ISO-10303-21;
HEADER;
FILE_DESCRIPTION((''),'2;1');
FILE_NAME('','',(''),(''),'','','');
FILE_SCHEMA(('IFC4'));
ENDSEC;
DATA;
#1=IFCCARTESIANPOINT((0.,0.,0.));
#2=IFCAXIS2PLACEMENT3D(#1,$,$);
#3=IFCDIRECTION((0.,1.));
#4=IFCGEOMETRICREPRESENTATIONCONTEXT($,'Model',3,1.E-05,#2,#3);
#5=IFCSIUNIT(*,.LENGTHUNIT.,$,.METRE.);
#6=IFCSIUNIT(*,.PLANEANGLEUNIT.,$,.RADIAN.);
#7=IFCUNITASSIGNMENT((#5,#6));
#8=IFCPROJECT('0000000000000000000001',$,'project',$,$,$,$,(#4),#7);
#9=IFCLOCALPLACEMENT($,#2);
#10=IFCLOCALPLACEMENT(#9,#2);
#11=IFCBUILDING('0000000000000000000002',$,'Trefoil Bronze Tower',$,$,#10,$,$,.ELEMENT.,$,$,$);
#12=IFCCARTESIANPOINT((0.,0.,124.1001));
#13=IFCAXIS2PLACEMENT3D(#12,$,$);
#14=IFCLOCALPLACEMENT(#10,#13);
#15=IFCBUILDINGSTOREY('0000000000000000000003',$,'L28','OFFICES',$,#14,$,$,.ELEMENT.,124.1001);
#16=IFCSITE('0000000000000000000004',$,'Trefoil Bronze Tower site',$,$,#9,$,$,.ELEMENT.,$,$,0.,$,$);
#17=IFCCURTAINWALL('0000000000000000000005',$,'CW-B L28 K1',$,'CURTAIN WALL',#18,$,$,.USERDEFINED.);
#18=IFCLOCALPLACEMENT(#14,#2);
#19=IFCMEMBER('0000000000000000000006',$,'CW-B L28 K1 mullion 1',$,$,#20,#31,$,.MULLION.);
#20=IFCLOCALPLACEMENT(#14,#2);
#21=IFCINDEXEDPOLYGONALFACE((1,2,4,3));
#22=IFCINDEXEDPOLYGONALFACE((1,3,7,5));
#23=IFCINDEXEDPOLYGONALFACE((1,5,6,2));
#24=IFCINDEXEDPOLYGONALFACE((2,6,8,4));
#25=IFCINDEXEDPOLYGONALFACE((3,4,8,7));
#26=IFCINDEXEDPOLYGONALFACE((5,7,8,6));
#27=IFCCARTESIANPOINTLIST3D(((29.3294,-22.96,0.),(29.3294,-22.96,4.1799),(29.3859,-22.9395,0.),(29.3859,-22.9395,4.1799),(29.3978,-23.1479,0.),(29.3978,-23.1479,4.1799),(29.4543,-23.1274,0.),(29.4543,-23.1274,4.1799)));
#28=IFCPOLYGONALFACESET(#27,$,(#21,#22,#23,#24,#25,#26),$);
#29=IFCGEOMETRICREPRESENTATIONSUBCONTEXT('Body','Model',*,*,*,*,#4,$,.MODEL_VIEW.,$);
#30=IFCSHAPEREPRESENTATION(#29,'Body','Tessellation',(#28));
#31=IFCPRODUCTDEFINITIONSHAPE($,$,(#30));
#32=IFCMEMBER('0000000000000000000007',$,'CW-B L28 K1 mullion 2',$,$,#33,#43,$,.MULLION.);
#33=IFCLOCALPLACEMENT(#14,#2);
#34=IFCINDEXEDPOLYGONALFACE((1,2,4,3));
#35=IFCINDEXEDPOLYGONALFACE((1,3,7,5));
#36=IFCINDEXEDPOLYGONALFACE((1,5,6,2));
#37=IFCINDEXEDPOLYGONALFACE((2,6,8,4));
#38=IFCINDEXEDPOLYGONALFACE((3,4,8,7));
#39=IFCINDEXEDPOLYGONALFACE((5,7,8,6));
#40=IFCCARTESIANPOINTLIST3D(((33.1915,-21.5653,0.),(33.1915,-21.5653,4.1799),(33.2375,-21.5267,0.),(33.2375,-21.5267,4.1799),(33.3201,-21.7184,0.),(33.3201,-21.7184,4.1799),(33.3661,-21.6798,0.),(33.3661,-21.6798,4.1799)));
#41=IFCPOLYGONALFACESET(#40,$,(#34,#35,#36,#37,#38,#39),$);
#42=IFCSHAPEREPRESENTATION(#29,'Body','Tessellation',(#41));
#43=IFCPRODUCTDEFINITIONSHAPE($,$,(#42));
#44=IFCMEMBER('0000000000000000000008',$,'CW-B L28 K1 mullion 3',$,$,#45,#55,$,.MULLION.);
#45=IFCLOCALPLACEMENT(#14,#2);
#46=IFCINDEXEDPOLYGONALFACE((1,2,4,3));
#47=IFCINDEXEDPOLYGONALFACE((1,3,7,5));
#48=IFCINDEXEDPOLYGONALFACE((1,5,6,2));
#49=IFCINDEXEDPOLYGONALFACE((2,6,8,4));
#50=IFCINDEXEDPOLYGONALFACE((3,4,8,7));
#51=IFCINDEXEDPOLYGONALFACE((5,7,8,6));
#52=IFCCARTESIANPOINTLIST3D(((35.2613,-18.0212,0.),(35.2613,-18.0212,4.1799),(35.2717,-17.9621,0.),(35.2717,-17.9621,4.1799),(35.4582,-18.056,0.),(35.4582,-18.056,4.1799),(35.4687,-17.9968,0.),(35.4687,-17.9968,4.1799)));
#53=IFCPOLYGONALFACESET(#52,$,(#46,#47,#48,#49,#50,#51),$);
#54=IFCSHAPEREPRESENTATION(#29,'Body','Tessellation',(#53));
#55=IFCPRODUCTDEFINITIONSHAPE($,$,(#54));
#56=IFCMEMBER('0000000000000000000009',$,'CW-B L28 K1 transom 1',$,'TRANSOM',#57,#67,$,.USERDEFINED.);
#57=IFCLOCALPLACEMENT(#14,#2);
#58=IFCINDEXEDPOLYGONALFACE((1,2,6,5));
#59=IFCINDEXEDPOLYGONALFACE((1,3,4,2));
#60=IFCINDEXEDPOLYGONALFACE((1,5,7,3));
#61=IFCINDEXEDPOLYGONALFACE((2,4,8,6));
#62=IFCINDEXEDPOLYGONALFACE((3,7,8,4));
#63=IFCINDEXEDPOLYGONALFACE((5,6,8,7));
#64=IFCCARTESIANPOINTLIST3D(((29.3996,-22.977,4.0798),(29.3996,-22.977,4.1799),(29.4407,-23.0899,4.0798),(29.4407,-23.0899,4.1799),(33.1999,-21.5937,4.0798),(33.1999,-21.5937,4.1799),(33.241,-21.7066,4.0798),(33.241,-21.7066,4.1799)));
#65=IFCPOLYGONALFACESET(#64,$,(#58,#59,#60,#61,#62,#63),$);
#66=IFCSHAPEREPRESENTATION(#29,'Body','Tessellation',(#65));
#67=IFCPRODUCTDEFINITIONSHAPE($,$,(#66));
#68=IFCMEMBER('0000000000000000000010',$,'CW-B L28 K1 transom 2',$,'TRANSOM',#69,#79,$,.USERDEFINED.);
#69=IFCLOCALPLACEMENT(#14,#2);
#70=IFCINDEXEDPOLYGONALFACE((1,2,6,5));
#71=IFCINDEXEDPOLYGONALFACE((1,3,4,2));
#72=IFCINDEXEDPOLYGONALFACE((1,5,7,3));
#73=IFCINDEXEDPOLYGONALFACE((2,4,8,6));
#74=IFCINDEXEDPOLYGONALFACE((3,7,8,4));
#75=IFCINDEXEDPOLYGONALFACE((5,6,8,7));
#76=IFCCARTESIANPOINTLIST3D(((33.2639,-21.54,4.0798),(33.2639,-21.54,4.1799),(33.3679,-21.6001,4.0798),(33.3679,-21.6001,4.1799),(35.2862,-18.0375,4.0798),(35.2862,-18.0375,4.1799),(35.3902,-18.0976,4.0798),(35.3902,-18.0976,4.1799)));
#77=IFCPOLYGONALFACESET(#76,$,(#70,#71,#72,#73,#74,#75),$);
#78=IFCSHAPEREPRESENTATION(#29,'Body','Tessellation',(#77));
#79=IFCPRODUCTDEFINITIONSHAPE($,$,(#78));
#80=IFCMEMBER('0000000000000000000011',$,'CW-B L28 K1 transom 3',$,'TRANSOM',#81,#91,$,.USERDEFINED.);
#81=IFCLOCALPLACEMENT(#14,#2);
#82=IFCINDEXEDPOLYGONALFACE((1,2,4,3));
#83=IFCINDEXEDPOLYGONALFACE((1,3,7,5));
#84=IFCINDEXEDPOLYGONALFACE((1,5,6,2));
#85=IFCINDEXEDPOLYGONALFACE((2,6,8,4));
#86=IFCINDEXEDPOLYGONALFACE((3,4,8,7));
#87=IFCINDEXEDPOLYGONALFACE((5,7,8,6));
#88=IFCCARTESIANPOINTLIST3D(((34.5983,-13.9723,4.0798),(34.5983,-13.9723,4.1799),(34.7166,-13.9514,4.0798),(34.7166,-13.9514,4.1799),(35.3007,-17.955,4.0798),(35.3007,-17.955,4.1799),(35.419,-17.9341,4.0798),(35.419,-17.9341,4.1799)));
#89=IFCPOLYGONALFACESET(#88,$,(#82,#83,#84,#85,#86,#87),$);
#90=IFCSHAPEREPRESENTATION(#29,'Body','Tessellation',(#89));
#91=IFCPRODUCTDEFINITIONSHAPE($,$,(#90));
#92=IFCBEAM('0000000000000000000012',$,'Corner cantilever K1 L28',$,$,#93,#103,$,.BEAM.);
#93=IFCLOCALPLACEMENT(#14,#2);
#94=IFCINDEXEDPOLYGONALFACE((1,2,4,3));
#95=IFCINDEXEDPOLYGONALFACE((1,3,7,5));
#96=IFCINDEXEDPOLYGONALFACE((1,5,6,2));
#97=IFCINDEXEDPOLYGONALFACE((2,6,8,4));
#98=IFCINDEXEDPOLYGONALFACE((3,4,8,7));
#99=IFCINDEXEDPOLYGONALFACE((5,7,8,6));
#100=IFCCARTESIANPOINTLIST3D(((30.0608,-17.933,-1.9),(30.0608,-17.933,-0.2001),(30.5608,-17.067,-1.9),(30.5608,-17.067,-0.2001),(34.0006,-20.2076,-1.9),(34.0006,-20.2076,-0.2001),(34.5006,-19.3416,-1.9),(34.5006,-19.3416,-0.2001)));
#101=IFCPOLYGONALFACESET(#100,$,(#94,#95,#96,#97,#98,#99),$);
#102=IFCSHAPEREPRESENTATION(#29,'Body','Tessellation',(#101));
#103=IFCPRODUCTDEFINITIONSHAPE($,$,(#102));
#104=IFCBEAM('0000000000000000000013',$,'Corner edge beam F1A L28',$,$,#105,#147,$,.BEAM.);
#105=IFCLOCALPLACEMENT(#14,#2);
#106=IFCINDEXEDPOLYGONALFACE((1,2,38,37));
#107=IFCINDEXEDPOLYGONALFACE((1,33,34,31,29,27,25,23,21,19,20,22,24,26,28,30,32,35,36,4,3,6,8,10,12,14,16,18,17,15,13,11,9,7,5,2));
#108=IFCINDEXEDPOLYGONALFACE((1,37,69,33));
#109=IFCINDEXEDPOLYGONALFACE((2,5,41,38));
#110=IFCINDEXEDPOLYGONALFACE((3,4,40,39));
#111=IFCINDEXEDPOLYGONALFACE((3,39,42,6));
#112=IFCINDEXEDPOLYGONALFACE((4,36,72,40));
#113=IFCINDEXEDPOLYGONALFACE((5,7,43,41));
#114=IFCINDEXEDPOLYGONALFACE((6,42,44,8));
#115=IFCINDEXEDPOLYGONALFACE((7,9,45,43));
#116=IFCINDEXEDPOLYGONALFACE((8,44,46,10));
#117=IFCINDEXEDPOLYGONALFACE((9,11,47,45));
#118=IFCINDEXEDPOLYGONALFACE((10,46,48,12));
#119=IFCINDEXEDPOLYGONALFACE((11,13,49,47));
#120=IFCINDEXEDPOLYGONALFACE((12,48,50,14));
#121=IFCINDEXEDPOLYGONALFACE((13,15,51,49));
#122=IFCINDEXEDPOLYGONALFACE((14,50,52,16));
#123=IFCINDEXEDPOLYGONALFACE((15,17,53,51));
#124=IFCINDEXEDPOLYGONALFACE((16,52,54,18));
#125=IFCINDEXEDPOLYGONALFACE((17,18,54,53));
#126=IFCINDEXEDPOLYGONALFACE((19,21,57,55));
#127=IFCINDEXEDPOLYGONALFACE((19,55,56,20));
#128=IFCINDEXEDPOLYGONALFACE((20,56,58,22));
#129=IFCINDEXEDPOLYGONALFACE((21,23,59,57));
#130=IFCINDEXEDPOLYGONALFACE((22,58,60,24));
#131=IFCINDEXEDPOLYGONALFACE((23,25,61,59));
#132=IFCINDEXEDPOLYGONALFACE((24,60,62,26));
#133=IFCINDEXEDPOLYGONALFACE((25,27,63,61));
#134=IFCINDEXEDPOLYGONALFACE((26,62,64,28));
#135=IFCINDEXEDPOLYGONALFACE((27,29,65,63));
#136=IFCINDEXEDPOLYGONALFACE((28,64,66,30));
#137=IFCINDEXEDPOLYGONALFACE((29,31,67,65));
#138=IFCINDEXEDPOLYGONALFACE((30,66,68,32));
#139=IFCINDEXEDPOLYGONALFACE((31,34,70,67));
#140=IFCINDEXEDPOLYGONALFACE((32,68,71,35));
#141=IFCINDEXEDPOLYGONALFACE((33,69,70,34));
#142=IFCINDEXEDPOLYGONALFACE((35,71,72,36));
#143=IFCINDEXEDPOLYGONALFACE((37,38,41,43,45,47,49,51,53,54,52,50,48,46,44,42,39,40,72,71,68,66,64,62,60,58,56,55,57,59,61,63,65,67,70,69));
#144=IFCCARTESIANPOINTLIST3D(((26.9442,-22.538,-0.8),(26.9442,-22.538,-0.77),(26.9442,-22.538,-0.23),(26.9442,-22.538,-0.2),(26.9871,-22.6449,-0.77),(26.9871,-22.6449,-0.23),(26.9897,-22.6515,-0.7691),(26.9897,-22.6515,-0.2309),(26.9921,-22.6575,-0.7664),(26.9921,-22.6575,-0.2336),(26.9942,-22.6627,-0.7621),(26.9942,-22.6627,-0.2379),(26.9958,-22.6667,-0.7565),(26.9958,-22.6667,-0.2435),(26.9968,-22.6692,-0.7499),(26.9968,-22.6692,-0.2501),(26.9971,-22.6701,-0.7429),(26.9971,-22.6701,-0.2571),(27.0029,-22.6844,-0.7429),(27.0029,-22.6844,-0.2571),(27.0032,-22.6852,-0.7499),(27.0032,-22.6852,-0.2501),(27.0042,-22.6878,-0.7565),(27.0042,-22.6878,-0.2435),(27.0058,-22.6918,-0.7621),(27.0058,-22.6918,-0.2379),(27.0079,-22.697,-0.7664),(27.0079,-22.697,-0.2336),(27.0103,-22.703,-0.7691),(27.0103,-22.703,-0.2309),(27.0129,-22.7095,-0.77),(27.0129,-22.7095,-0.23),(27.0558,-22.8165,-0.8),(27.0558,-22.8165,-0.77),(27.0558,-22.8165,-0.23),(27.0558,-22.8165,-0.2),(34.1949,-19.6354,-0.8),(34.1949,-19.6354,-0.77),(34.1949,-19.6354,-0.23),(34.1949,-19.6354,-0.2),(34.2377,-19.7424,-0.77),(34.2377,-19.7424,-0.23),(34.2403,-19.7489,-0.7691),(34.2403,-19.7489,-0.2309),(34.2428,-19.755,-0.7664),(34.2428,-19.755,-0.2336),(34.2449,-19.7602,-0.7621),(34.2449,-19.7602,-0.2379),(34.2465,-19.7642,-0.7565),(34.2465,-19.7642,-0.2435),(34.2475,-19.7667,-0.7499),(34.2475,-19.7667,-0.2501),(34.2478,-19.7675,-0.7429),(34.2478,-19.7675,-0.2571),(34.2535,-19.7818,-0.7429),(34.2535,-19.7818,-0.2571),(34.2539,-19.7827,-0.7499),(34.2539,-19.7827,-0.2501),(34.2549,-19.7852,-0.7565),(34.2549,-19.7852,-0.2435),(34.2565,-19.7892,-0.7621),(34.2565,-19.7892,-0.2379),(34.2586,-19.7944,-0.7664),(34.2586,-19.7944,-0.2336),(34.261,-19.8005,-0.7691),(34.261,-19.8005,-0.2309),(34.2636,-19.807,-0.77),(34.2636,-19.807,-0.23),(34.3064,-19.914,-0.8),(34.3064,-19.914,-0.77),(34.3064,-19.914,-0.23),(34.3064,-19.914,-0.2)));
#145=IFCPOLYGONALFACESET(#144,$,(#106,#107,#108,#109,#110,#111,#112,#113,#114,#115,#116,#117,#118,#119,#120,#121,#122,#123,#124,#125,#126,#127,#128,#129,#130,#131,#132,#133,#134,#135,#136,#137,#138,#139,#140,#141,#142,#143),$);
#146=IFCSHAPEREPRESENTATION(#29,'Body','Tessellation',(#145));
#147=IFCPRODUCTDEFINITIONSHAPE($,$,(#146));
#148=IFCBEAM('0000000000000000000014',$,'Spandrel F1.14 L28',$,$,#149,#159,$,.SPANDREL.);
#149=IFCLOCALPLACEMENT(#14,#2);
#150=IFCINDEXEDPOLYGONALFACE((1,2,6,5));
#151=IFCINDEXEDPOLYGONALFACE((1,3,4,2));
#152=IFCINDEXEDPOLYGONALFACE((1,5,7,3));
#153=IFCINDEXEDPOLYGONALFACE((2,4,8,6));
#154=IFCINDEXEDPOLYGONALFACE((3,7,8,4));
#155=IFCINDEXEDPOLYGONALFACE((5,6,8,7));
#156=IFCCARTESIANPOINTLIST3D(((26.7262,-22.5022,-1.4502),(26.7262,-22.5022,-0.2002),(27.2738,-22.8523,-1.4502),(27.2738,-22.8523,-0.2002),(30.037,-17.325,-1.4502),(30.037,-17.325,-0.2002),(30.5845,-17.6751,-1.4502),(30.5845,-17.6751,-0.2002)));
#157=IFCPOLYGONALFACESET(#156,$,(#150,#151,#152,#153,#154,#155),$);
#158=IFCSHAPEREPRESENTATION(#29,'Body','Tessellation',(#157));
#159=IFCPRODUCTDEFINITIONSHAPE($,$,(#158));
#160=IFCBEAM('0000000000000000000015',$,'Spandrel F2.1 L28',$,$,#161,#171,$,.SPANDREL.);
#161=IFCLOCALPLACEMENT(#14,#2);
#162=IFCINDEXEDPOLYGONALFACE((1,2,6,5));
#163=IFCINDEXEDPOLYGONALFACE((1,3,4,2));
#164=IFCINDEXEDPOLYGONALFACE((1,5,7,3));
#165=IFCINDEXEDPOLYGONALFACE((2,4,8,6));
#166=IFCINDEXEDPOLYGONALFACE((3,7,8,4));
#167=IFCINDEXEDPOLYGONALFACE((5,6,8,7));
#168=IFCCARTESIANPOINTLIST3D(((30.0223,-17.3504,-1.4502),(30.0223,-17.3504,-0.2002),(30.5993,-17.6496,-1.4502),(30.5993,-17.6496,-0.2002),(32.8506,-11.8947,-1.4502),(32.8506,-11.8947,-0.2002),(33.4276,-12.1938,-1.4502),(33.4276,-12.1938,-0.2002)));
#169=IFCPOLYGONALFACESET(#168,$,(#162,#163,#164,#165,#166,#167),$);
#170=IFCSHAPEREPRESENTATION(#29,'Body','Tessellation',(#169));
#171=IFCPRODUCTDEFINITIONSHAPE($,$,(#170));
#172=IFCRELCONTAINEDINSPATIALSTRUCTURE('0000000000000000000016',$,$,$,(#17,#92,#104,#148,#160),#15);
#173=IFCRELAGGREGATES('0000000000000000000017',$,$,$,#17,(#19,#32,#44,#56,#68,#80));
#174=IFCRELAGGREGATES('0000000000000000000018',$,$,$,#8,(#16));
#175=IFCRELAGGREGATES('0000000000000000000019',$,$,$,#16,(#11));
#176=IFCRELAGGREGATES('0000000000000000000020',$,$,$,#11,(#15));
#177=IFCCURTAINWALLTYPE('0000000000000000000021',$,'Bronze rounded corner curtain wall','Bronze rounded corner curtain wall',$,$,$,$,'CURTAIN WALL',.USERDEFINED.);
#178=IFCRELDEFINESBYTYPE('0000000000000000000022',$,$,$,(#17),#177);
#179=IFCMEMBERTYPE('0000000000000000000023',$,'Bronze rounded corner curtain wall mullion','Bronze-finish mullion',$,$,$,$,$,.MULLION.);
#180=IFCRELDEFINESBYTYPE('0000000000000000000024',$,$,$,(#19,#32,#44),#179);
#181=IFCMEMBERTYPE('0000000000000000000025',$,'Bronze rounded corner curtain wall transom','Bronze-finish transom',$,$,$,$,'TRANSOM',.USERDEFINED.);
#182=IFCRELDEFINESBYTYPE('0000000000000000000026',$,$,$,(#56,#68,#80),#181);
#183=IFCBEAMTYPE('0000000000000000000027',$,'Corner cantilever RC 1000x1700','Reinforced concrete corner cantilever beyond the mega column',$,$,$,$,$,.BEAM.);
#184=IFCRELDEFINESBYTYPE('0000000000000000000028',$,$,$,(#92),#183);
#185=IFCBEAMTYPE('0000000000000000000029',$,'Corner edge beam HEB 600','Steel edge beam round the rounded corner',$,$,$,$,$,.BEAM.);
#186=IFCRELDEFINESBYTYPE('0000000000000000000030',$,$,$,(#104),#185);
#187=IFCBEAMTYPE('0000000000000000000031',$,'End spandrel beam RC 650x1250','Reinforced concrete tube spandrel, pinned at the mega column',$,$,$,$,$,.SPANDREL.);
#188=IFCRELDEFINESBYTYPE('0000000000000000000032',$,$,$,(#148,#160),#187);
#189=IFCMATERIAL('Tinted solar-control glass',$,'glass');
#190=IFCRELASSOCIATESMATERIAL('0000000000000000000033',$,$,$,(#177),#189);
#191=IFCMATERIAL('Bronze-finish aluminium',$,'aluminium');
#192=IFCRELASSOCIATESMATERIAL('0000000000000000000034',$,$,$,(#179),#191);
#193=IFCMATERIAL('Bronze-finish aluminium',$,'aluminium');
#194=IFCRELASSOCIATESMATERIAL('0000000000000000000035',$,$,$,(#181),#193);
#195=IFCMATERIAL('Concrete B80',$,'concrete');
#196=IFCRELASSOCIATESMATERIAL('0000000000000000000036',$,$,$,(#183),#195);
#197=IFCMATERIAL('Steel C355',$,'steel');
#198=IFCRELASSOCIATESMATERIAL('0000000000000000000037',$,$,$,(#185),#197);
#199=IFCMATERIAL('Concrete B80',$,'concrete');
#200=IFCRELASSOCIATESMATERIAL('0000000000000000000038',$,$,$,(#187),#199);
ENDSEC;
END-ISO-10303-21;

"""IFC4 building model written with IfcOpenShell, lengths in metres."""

from ifc_helpers import new_model, si_unit, direction, frame, origin, origin_2d, place, context, subcontext, project, spatial, rectangle, i_section, extrude, material, material_profile, profile_set, type_object, element, aggregate, save


model = new_model("IFC4")

# Units and contexts
model_context = context("Model", 3, precision=1e-05, world=origin(), true_north=direction((0.0, 1.0)))
body_context = subcontext(model_context, "Body", "Model", "MODEL_VIEW")
ifc_project = project(units=[si_unit("LENGTHUNIT", "METRE"), si_unit("PLANEANGLEUNIT", "RADIAN")], contexts=[model_context])

# Site, building, storey
site_placement = place(None, origin())
site = spatial("IfcSite", under=ifc_project, at=site_placement, Name="Trefoil Bronze Tower site", CompositionType="ELEMENT", RefElevation=0.0)
building_placement = place(site_placement, origin())
building = spatial("IfcBuilding", under=site, at=building_placement, Name="Trefoil Bronze Tower", CompositionType="ELEMENT")
storey_placement = place(building_placement, frame((0.0, 0.0, 124.1001)))
storey = spatial("IfcBuildingStorey", under=building, at=storey_placement, Name="L28", Description="OFFICES", CompositionType="ELEMENT", Elevation=124.1001)

# Curtain wall, members
ifc_material_1 = material(Name="Tinted solar-control glass", Category="glass")
curtain_wall_type_1 = type_object("IfcCurtainWallType", Name="Bronze rounded corner curtain wall", Description="Bronze rounded corner curtain wall", ElementType="CURTAIN WALL", PredefinedType="USERDEFINED", material=ifc_material_1)
curtain_wall_1_placement = place(storey_placement, origin())
curtain_wall_1 = element("IfcCurtainWall", 1, at=curtain_wall_1_placement, inside=storey, type_object=curtain_wall_type_1, Name="CW-B L28 K1", ObjectType="CURTAIN WALL", PredefinedType="USERDEFINED")
ifc_material_2 = material(Name="Bronze-finish aluminium", Category="aluminium")
ifc_material_profile_1 = material_profile(ifc_material_2, rectangle(XDim=0.2, YDim=0.0601, at=origin_2d()), Name="CW-B mullion")
ifc_profile_set_1 = profile_set([ifc_material_profile_1], Name="Bronze-finish aluminium")
member_type_1 = type_object("IfcMemberType", Name="Bronze rounded corner curtain wall mullion", Description="Bronze-finish mullion", PredefinedType="MULLION", material=ifc_profile_set_1)
member_1_placement = place(storey_placement, frame((29.3918, -23.0437, 0.0), z_axis=(0.0, 0.0, 1.0), x_axis=(-0.34202, 0.939693, 0.0)))
member_1 = element("IfcMember", 2, at=member_1_placement, type_object=member_type_1, Name="CW-B L28 K1 mullion 1", PredefinedType="MULLION", context=body_context, shape_type="SweptSolid", body=[
    extrude(rectangle(XDim=0.2, YDim=0.0601, at=origin_2d()), origin(), (0.0, 0.0, 1.0), 4.1799),
])
member_2_placement = place(storey_placement, frame((33.2788, -21.6226, 0.0), z_axis=(0.0, 0.0, 1.0), x_axis=(-0.642788, 0.766044, 0.0)))
member_2 = element("IfcMember", 3, at=member_2_placement, type_object=member_type_1, Name="CW-B L28 K1 mullion 2", PredefinedType="MULLION", context=body_context, shape_type="SweptSolid", body=[
    extrude(rectangle(XDim=0.2, YDim=0.0601, at=origin_2d()), origin(), (0.0, 0.0, 1.0), 4.1799),
])
member_3_placement = place(storey_placement, frame((35.365, -18.009, 0.0), z_axis=(0.0, 0.0, 1.0), x_axis=(-0.984808, 0.173648, 0.0)))
member_3 = element("IfcMember", 4, at=member_3_placement, type_object=member_type_1, Name="CW-B L28 K1 mullion 3", PredefinedType="MULLION", context=body_context, shape_type="SweptSolid", body=[
    extrude(rectangle(XDim=0.2, YDim=0.0601, at=origin_2d()), origin(), (0.0, 0.0, 1.0), 4.1799),
])
ifc_material_3 = material(Name="Bronze-finish aluminium", Category="aluminium")
ifc_material_profile_2 = material_profile(ifc_material_3, rectangle(XDim=0.1201, YDim=0.1001, at=origin_2d()), Name="CW-B transom")
ifc_profile_set_2 = profile_set([ifc_material_profile_2], Name="Bronze-finish aluminium")
member_type_2 = type_object("IfcMemberType", Name="Bronze rounded corner curtain wall transom", Description="Bronze-finish transom", ElementType="TRANSOM", PredefinedType="USERDEFINED", material=ifc_profile_set_2)
member_4_placement = place(storey_placement, frame((29.4202, -23.0334, 4.1299), z_axis=(0.939684, 0.342044, 0.0), x_axis=(-0.342044, 0.939684, 0.0)))
member_4 = element("IfcMember", 5, at=member_4_placement, type_object=member_type_2, Name="CW-B L28 K1 transom 1", ObjectType="TRANSOM", PredefinedType="USERDEFINED", context=body_context, shape_type="SweptSolid", body=[
    extrude(rectangle(XDim=0.1201, YDim=0.1001, at=origin_2d()), origin(), (0.0, 0.0, 1.0), 4.0442),
])
member_5_placement = place(storey_placement, frame((33.3159, -21.5701, 4.1299), z_axis=(0.500015, 0.866017, 0.0), x_axis=(-0.866017, 0.500015, 0.0)))
member_5 = element("IfcMember", 6, at=member_5_placement, type_object=member_type_2, Name="CW-B L28 K1 transom 2", ObjectType="TRANSOM", PredefinedType="USERDEFINED", context=body_context, shape_type="SweptSolid", body=[
    extrude(rectangle(XDim=0.1201, YDim=0.1001, at=origin_2d()), origin(), (0.0, 0.0, 1.0), 4.0444),
])
member_6_placement = place(storey_placement, frame((35.3599, -17.9446, 4.1299), z_axis=(-0.173682, 0.984802, 0.0), x_axis=(-0.984802, -0.173682, 0.0)))
member_6 = element("IfcMember", 7, at=member_6_placement, type_object=member_type_2, Name="CW-B L28 K1 transom 3", ObjectType="TRANSOM", PredefinedType="USERDEFINED", context=body_context, shape_type="SweptSolid", body=[
    extrude(rectangle(XDim=0.1201, YDim=0.1001, at=origin_2d()), origin(), (0.0, 0.0, 1.0), 4.0442),
])

# Beams
ifc_material_4 = material(Name="Concrete B80", Category="concrete")
ifc_material_profile_3 = material_profile(ifc_material_4, rectangle(XDim=1.0, YDim=1.7, at=origin_2d()), Name="RC 1000x1700")
ifc_profile_set_3 = profile_set([ifc_material_profile_3], Name="Concrete B80")
beam_type_1 = type_object("IfcBeamType", Name="Corner cantilever RC 1000x1700", Description="Reinforced concrete corner cantilever beyond the mega column", PredefinedType="BEAM", material=ifc_profile_set_3)
beam_1_placement = place(storey_placement, frame((30.3108, -17.5, -1.05), z_axis=(0.866032, -0.499989, 0.0), x_axis=(0.499989, 0.866032, 0.0)))
element("IfcBeam", 8, at=beam_1_placement, inside=storey, type_object=beam_type_1, Name="Corner cantilever K1 L28", PredefinedType="BEAM", context=body_context, shape_type="SweptSolid", body=[
    extrude(rectangle(XDim=1.0, YDim=1.7, at=origin_2d()), origin(), (0.0, 0.0, 1.0), 4.5493),
])
ifc_material_5 = material(Name="Steel C355", Category="steel")
ifc_material_profile_4 = material_profile(ifc_material_5, i_section(OverallWidth=0.3, OverallDepth=0.6001, WebThickness=0.0154, FlangeThickness=0.03, FilletRadius=0.0271, at=origin_2d()), Name="HEB 600")
ifc_profile_set_4 = profile_set([ifc_material_profile_4], Name="Steel C355")
beam_type_2 = type_object("IfcBeamType", Name="Corner edge beam HEB 600", Description="Steel edge beam round the rounded corner", PredefinedType="BEAM", material=ifc_profile_set_4)
beam_2_placement = place(storey_placement, frame((27.0, -22.6772, -0.5), z_axis=(0.928375, 0.371644, 0.0), x_axis=(-0.371644, 0.928375, 0.0)))
element("IfcBeam", 9, at=beam_2_placement, inside=storey, type_object=beam_type_2, Name="Corner edge beam F1A L28", PredefinedType="BEAM", context=body_context, shape_type="SweptSolid", body=[
    extrude(i_section(OverallWidth=0.3, OverallDepth=0.6001, WebThickness=0.0154, FlangeThickness=0.03, FilletRadius=0.0271, at=origin_2d()), origin(), (0.0, 0.0, 1.0), 7.8101),
])
ifc_material_6 = material(Name="Concrete B80", Category="concrete")
ifc_material_profile_5 = material_profile(ifc_material_6, rectangle(XDim=0.6499, YDim=1.25, at=origin_2d()), Name="RC 650x1250")
ifc_profile_set_5 = profile_set([ifc_material_profile_5], Name="Concrete B80")
beam_type_3 = type_object("IfcBeamType", Name="End spandrel beam RC 650x1250", Description="Reinforced concrete tube spandrel, pinned at the mega column", PredefinedType="SPANDREL", material=ifc_profile_set_5)
for number, where, z_axis, x_axis, name in (
    (10, (27.0, -22.6772, -0.8252), (0.538748, 0.842467, 0.0), (-0.842467, 0.538748, 0.0), "Spandrel F1.14 L28"),
    (11, (30.3108, -17.5, -0.8252), (0.460244, 0.887792, 0.0), (-0.887792, 0.460244, 0.0), "Spandrel F2.1 L28"),
):
    element("IfcBeam", number, at=place(storey_placement, frame(where, z_axis=z_axis, x_axis=x_axis)), inside=storey, type_object=beam_type_3, Name=name, PredefinedType="SPANDREL", context=body_context, shape_type="SweptSolid", body=[
        extrude(rectangle(XDim=0.6499, YDim=1.25, at=origin_2d()), origin(), (0.0, 0.0, 1.0), 6.1453),
    ])

aggregate(curtain_wall_1, [member_1, member_2, member_3, member_4, member_5, member_6])

save(model, "model.ifc")
